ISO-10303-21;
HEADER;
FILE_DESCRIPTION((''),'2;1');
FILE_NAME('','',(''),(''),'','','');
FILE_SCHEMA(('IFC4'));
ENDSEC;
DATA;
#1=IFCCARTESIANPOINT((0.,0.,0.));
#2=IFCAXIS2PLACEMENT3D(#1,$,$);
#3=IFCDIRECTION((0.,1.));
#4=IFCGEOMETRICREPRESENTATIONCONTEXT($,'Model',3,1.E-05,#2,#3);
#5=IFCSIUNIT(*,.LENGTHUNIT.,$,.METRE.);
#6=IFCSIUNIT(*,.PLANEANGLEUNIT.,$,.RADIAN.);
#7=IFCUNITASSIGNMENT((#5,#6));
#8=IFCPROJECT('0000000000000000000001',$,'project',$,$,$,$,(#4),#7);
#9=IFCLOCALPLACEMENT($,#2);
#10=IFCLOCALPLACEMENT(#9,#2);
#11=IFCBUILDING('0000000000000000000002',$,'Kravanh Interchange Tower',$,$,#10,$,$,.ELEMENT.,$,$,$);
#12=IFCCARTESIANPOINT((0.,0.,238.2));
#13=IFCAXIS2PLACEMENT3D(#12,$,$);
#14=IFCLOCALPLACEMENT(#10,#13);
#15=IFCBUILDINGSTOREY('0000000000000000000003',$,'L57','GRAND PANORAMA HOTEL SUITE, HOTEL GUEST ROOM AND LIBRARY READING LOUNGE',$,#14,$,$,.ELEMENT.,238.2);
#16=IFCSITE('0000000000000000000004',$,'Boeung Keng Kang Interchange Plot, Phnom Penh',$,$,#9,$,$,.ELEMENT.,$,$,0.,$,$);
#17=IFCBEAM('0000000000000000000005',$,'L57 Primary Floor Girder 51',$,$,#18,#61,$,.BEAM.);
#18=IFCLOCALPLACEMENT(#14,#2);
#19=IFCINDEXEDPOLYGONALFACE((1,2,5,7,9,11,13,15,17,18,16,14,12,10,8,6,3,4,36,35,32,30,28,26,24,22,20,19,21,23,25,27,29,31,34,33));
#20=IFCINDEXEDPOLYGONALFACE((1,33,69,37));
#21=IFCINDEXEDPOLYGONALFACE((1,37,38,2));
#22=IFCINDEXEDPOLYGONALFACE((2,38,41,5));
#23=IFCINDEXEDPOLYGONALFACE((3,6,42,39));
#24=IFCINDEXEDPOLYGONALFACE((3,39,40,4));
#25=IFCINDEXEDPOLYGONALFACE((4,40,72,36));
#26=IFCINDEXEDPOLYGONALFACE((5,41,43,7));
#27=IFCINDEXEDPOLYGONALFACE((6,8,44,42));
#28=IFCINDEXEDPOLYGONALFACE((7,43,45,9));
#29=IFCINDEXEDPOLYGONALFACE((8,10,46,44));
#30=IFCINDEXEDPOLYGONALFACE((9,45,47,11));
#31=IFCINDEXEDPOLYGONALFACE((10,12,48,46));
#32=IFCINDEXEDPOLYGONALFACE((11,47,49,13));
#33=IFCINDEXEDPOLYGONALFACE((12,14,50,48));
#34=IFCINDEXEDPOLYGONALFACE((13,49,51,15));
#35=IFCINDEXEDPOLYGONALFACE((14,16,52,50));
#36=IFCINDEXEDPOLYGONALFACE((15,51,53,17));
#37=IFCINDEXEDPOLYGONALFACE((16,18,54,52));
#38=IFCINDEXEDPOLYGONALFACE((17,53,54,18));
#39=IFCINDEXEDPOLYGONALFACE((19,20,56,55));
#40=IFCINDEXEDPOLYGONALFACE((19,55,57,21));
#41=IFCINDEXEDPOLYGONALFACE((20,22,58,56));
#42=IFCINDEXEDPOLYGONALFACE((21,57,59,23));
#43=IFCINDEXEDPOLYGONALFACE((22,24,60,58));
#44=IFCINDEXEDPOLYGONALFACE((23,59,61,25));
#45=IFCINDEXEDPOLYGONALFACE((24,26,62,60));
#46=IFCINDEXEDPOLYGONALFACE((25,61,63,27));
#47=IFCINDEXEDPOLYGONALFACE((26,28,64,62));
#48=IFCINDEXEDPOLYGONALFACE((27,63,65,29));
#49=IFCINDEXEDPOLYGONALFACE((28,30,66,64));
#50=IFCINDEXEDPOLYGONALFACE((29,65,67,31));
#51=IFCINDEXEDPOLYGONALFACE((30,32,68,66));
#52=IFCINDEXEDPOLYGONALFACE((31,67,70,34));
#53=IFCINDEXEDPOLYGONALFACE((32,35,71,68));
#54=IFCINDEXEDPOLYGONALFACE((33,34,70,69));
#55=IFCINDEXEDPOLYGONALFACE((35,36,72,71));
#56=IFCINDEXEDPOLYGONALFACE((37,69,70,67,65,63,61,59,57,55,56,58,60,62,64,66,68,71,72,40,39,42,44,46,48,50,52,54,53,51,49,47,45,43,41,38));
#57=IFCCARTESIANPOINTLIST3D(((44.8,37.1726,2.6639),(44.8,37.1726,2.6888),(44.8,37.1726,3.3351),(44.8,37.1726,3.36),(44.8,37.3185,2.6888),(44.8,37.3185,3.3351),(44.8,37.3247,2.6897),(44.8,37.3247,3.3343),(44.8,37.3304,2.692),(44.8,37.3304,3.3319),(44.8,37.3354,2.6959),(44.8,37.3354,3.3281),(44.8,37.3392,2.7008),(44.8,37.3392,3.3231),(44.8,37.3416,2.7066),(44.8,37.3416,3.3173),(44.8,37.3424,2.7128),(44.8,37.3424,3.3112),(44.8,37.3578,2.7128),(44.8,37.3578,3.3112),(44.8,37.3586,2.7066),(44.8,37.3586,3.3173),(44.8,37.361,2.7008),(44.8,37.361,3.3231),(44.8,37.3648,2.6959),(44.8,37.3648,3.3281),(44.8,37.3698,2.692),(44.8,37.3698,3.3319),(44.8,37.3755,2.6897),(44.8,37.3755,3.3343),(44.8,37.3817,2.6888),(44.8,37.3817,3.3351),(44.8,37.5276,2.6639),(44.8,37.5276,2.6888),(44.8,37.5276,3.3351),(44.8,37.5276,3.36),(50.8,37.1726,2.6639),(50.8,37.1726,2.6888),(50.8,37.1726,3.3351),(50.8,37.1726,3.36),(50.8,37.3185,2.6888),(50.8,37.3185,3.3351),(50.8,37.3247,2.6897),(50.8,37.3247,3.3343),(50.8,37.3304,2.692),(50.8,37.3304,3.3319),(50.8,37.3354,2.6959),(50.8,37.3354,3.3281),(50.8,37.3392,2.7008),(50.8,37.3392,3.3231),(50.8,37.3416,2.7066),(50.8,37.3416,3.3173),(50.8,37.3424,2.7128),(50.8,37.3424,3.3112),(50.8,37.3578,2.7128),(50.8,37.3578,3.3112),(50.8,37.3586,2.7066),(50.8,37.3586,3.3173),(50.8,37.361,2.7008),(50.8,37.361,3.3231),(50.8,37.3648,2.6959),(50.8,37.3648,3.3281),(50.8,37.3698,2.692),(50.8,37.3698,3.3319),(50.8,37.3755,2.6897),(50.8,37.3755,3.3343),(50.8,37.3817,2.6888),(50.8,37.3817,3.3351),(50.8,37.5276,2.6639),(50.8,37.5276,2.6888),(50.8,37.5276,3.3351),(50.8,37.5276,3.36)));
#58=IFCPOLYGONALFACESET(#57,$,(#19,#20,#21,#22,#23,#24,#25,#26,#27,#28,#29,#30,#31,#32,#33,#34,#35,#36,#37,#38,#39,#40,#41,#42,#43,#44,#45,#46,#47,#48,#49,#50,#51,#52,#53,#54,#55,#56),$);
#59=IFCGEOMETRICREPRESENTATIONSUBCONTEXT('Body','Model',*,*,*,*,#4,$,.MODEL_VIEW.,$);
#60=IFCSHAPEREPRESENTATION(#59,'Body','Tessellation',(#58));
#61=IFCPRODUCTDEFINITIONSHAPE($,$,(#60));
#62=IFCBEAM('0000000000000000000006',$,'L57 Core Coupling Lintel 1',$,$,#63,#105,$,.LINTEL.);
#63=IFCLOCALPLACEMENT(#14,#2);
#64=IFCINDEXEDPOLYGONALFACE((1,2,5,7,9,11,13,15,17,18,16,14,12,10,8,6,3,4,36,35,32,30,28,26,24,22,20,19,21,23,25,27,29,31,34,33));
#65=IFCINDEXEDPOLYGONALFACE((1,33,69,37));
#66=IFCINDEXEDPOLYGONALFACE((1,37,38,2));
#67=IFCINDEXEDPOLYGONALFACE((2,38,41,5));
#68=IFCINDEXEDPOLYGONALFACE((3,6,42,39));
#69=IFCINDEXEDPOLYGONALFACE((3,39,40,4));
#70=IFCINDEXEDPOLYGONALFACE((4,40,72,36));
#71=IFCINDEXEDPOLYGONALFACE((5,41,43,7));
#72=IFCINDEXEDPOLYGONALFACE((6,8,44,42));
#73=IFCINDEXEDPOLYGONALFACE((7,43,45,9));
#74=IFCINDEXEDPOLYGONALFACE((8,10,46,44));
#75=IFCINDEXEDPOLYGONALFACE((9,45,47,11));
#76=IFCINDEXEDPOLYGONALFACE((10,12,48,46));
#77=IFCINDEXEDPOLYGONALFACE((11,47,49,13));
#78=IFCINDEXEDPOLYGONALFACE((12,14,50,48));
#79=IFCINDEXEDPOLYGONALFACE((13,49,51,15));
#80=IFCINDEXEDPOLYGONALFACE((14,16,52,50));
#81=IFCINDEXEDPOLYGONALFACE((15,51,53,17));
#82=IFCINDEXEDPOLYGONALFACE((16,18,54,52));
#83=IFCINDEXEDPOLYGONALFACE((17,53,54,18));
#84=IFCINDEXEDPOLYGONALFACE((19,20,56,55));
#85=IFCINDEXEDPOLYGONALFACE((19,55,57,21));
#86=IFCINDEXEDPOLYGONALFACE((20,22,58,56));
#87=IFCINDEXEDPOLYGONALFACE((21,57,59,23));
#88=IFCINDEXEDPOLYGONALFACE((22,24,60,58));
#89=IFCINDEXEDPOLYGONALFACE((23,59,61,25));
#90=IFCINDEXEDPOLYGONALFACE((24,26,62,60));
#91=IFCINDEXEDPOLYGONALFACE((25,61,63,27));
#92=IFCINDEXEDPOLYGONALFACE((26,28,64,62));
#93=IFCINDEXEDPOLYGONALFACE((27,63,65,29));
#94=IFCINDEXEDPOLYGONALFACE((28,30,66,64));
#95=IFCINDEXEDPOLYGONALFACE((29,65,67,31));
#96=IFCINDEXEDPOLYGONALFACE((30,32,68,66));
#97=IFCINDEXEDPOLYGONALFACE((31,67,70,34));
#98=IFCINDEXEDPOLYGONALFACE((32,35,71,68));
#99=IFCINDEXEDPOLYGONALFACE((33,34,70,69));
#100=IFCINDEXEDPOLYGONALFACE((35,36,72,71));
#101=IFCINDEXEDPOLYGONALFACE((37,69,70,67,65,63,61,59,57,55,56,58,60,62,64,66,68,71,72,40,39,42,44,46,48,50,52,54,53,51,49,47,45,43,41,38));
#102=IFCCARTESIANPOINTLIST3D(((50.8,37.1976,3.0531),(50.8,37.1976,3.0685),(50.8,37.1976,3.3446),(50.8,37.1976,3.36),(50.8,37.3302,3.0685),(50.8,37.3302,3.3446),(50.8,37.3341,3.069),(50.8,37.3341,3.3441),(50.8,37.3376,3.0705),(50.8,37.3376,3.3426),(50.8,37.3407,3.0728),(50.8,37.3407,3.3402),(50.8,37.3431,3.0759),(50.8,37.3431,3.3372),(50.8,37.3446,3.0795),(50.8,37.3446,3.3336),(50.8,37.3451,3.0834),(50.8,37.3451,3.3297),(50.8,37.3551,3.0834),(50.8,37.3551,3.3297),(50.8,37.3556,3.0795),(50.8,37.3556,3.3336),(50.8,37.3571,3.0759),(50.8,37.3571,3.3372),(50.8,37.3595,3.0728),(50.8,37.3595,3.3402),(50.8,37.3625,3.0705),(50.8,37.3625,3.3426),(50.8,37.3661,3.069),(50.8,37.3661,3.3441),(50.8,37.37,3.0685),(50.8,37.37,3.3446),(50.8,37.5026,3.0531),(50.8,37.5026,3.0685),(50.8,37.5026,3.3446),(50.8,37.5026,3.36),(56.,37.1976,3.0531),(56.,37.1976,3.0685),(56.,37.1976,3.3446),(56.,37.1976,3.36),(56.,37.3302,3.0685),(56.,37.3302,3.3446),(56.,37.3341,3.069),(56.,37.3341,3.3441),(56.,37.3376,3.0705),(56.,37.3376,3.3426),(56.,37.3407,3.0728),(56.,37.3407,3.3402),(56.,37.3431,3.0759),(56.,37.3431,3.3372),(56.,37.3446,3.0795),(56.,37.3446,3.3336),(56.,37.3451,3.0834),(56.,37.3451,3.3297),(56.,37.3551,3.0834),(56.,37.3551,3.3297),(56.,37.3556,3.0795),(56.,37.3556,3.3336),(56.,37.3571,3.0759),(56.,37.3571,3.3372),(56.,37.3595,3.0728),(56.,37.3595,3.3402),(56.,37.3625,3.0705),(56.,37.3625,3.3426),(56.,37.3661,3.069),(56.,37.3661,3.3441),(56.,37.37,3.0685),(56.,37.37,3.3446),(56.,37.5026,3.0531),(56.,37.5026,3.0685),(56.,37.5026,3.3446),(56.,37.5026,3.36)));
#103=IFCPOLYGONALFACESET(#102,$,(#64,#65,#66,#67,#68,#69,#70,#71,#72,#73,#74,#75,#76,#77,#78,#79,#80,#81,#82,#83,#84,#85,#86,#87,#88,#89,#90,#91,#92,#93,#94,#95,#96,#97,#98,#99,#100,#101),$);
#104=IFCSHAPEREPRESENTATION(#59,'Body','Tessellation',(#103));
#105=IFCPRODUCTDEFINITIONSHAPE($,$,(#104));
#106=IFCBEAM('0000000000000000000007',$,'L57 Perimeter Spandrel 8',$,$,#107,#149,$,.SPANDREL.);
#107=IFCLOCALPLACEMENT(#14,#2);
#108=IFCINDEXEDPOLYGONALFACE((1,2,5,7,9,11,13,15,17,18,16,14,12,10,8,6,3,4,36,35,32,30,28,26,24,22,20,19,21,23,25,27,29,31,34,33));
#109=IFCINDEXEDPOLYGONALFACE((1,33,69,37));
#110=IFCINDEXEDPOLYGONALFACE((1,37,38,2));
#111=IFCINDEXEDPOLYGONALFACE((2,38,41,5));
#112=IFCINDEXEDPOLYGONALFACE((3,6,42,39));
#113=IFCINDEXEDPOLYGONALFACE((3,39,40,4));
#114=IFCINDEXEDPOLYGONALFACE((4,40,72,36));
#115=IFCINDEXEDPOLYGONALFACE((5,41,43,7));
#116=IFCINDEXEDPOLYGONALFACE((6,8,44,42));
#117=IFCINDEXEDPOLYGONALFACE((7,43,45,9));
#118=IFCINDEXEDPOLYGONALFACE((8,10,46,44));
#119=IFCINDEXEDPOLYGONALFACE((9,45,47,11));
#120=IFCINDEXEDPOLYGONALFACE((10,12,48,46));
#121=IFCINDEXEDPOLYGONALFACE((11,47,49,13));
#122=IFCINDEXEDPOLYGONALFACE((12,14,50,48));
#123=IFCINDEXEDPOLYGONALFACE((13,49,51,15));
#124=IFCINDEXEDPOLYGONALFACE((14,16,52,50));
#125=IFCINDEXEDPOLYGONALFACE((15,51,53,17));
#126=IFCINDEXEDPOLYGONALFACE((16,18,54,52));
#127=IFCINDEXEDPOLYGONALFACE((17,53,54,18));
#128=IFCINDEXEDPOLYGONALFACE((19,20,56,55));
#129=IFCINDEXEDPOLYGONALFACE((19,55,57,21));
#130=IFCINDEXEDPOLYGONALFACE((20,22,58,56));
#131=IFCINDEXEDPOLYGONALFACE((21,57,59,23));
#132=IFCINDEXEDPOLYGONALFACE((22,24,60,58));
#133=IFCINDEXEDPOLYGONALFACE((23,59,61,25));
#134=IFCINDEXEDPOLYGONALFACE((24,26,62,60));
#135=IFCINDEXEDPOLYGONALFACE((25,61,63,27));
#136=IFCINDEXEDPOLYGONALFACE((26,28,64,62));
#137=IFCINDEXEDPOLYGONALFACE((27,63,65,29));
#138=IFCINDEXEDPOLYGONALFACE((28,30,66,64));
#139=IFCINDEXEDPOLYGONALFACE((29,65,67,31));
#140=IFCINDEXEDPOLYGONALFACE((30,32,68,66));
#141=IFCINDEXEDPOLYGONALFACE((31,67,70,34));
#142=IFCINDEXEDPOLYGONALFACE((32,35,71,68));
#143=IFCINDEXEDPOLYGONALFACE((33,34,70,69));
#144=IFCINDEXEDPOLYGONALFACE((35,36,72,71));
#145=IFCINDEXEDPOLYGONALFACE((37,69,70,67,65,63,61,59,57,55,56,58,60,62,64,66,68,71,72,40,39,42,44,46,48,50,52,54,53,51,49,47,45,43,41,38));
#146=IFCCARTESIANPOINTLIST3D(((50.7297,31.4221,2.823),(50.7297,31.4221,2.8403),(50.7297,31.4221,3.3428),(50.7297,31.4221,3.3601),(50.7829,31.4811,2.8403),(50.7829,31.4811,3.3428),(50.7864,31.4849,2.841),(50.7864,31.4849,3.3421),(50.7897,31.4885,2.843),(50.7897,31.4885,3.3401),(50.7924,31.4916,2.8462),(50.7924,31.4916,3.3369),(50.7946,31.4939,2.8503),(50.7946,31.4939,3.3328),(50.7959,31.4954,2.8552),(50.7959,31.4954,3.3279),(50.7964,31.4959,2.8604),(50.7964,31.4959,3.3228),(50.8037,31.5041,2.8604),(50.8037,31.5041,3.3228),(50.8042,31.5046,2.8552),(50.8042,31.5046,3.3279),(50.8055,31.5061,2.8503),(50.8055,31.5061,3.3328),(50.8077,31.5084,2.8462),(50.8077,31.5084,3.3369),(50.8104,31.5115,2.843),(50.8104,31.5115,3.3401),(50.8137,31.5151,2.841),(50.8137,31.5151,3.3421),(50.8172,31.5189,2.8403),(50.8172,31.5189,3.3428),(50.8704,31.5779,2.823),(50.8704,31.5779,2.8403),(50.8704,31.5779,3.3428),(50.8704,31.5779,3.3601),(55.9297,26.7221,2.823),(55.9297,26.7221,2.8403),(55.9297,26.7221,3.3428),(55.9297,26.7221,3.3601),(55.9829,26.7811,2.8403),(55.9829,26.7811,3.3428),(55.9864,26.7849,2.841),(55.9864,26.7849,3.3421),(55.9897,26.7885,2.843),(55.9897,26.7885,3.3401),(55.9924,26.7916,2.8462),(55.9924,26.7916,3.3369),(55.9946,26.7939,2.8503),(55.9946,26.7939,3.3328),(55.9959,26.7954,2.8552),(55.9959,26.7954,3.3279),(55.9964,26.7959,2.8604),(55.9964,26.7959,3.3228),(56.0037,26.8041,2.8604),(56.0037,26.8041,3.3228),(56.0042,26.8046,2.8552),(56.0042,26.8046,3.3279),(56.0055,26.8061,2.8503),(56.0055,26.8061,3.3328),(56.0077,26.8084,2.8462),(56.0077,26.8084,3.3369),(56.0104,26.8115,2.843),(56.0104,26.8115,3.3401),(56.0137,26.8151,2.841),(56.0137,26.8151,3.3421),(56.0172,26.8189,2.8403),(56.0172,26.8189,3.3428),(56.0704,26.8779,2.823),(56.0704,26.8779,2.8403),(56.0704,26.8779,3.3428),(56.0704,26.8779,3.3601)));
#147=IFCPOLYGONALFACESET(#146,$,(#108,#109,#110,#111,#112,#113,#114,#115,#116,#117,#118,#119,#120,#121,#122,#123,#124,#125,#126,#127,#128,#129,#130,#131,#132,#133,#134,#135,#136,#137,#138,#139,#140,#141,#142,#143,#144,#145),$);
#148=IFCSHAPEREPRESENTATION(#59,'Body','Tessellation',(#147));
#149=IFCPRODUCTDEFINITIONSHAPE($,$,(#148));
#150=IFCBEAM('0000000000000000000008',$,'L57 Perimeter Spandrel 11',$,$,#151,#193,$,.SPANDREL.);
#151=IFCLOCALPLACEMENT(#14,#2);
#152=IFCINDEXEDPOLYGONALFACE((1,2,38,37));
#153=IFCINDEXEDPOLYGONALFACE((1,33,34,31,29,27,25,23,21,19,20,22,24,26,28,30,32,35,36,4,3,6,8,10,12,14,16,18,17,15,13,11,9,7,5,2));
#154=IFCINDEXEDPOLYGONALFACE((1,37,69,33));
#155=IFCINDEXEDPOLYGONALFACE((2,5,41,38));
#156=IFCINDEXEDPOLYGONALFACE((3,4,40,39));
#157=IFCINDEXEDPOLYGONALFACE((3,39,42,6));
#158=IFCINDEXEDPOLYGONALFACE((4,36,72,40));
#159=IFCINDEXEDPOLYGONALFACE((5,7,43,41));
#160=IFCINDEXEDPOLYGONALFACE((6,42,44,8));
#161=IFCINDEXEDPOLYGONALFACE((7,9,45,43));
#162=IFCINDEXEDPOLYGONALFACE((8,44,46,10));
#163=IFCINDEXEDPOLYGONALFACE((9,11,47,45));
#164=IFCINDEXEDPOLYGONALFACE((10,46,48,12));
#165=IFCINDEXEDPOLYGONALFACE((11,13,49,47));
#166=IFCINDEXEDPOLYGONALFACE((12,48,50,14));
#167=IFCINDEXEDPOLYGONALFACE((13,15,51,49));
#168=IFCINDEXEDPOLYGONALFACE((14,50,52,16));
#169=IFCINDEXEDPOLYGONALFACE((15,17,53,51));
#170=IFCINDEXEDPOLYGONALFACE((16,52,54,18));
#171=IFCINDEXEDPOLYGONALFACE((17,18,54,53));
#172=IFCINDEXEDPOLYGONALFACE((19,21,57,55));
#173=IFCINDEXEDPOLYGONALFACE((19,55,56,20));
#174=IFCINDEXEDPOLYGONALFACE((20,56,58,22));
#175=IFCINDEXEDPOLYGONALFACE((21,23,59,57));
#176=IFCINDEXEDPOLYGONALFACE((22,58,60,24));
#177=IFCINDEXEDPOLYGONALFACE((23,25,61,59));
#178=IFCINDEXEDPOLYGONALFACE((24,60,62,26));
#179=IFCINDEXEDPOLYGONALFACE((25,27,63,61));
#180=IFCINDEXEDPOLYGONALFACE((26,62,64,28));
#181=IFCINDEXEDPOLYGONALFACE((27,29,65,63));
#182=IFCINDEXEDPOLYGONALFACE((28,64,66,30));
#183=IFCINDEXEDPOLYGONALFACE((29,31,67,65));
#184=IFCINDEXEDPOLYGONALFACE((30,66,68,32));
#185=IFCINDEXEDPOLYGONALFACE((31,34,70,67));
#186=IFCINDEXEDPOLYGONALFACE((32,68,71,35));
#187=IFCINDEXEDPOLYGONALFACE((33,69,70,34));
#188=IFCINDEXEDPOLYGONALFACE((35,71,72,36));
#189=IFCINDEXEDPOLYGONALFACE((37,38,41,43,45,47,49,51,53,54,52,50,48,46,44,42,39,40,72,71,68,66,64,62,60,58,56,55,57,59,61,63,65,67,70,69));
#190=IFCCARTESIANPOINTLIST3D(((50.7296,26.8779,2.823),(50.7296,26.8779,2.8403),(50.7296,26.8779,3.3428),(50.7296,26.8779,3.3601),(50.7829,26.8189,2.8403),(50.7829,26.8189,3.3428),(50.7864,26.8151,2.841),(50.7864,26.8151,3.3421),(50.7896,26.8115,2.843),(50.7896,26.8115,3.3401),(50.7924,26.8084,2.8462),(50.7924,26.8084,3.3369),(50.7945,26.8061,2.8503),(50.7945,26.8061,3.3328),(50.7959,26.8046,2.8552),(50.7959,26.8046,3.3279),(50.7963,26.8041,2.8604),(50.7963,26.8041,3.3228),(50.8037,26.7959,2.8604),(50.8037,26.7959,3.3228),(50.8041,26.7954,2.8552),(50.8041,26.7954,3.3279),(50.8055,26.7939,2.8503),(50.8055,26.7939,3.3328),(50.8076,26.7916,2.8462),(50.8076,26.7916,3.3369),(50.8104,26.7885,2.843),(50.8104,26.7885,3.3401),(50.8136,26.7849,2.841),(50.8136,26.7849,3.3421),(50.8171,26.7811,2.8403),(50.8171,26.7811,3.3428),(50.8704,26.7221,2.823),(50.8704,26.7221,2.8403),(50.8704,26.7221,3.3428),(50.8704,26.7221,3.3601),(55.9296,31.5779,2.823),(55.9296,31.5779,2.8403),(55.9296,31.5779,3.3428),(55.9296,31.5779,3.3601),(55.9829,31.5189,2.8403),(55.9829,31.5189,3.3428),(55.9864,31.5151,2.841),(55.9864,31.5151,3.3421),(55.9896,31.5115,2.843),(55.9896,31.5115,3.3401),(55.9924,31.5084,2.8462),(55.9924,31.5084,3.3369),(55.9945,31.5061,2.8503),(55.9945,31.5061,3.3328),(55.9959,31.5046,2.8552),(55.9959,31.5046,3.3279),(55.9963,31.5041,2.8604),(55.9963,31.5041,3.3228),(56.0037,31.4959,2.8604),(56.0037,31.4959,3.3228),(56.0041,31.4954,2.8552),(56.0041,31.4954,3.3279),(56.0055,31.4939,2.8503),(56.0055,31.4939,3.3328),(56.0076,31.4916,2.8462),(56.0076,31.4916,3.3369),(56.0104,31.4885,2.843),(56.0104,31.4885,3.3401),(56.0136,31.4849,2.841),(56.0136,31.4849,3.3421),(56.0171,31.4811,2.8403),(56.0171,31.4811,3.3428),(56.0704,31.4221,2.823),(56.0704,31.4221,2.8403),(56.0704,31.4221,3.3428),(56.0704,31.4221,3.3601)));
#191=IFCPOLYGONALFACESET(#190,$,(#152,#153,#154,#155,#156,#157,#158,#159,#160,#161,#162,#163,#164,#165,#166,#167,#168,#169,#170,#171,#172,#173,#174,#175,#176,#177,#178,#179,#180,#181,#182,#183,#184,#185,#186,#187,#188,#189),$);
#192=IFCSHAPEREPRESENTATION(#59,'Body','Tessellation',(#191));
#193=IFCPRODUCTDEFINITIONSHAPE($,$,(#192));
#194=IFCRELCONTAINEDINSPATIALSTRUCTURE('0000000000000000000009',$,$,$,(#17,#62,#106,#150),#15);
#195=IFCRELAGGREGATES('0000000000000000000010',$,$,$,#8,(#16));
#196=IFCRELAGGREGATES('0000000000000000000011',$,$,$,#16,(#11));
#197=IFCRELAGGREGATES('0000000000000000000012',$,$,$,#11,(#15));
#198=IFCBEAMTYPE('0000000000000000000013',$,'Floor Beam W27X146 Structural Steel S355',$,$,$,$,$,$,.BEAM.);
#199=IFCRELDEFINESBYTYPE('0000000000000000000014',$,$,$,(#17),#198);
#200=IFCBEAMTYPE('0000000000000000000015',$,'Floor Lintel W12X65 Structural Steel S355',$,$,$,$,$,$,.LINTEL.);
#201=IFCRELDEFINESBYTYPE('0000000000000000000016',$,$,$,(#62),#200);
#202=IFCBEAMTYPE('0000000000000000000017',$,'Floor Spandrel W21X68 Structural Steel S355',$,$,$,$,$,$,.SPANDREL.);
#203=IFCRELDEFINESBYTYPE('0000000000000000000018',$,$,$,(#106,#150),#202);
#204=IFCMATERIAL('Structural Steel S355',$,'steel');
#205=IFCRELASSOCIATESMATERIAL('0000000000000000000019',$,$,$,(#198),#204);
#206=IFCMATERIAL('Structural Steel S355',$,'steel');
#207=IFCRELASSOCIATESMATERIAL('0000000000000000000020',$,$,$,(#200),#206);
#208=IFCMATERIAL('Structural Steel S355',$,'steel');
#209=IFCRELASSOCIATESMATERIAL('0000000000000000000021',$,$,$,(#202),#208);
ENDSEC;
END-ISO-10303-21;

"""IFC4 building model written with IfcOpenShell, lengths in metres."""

from ifc_helpers import new_model, si_unit, direction, frame, origin, origin_2d, place, context, subcontext, project, spatial, i_section, extrude, material, material_profile, profile_set, type_object, element, save


model = new_model("IFC4")

# Units and contexts
model_context = context("Model", 3, precision=1e-05, world=origin(), true_north=direction((0.0, 1.0)))
body_context = subcontext(model_context, "Body", "Model", "MODEL_VIEW")
ifc_project = project(units=[si_unit("LENGTHUNIT", "METRE"), si_unit("PLANEANGLEUNIT", "RADIAN")], contexts=[model_context])

# Site, building, storey
site_placement = place(None, origin())
site = spatial("IfcSite", under=ifc_project, at=site_placement, Name="Boeung Keng Kang Interchange Plot, Phnom Penh", CompositionType="ELEMENT", RefElevation=0.0)
building_placement = place(site_placement, origin())
building = spatial("IfcBuilding", under=site, at=building_placement, Name="Kravanh Interchange Tower", CompositionType="ELEMENT")
storey_placement = place(building_placement, frame((0.0, 0.0, 238.2)))
storey = spatial("IfcBuildingStorey", under=building, at=storey_placement, Name="L57", Description="GRAND PANORAMA HOTEL SUITE, HOTEL GUEST ROOM AND LIBRARY READING LOUNGE", CompositionType="ELEMENT", Elevation=238.2)

# Beams
ifc_material_1 = material(Name="Structural Steel S355", Category="steel")
ifc_material_profile_1 = material_profile(ifc_material_1, i_section(OverallWidth=0.355, OverallDepth=0.696, WebThickness=0.0154, FlangeThickness=0.0249, FilletRadius=0.0239, at=origin_2d()), Name="W27X146")
ifc_profile_set_1 = profile_set([ifc_material_profile_1], Name="Structural Steel S355")
beam_type_1 = type_object("IfcBeamType", Name="Floor Beam W27X146 Structural Steel S355", PredefinedType="BEAM", material=ifc_profile_set_1)
beam_1_placement = place(storey_placement, frame((50.8, 37.3501, 3.012), z_axis=(-1.0, 0.0, 0.0), x_axis=(0.0, -1.0, 0.0)))
element("IfcBeam", 1, at=beam_1_placement, inside=storey, type_object=beam_type_1, Name="L57 Primary Floor Girder 51", PredefinedType="BEAM", context=body_context, shape_type="SweptSolid", body=[
    extrude(i_section(OverallWidth=0.355, OverallDepth=0.696, WebThickness=0.0154, FlangeThickness=0.0249, FilletRadius=0.0239, at=origin_2d()), origin(), (0.0, 0.0, 1.0), 6.0),
])
ifc_material_2 = material(Name="Structural Steel S355", Category="steel")
ifc_material_profile_2 = material_profile(ifc_material_2, i_section(OverallWidth=0.3049, OverallDepth=0.3069, WebThickness=0.01, FlangeThickness=0.0154, FilletRadius=0.0149, at=origin_2d()), Name="W12X65")
ifc_profile_set_2 = profile_set([ifc_material_profile_2], Name="Structural Steel S355")
beam_type_2 = type_object("IfcBeamType", Name="Floor Lintel W12X65 Structural Steel S355", PredefinedType="LINTEL", material=ifc_profile_set_2)
beam_2_placement = place(storey_placement, frame((50.8, 37.3501, 3.2065), z_axis=(1.0, 0.0, 0.0), x_axis=(0.0, 1.0, 0.0)))
element("IfcBeam", 2, at=beam_2_placement, inside=storey, type_object=beam_type_2, Name="L57 Core Coupling Lintel 1", PredefinedType="LINTEL", context=body_context, shape_type="SweptSolid", body=[
    extrude(i_section(OverallWidth=0.3049, OverallDepth=0.3069, WebThickness=0.01, FlangeThickness=0.0154, FilletRadius=0.0149, at=origin_2d()), origin(), (0.0, 0.0, 1.0), 5.2),
])
ifc_material_3 = material(Name="Structural Steel S355", Category="steel")
ifc_material_profile_3 = material_profile(ifc_material_3, i_section(OverallWidth=0.21, OverallDepth=0.5371, WebThickness=0.011, FlangeThickness=0.0173, FilletRadius=0.02, at=origin_2d()), Name="W21X68")
ifc_profile_set_3 = profile_set([ifc_material_profile_3], Name="Structural Steel S355")
beam_type_3 = type_object("IfcBeamType", Name="Floor Spandrel W21X68 Structural Steel S355", PredefinedType="SPANDREL", material=ifc_profile_set_3)
for number, where, z_axis, x_axis, name in (
    (3, (50.8, 31.5, 3.0916), (0.741874, -0.670539, 0.0), (0.670539, 0.741874, 0.0), "L57 Perimeter Spandrel 8"),
    (4, (56.0, 31.5, 3.0916), (-0.741874, -0.670539, 0.0), (0.670539, -0.741874, 0.0), "L57 Perimeter Spandrel 11"),
):
    element("IfcBeam", number, at=place(storey_placement, frame(where, z_axis=z_axis, x_axis=x_axis)), inside=storey, type_object=beam_type_3, Name=name, PredefinedType="SPANDREL", context=body_context, shape_type="SweptSolid", body=[
        extrude(i_section(OverallWidth=0.21, OverallDepth=0.5371, WebThickness=0.011, FlangeThickness=0.0173, FilletRadius=0.02, at=origin_2d()), origin(), (0.0, 0.0, 1.0), 7.0093),
    ])

save(model, "model.ifc")
